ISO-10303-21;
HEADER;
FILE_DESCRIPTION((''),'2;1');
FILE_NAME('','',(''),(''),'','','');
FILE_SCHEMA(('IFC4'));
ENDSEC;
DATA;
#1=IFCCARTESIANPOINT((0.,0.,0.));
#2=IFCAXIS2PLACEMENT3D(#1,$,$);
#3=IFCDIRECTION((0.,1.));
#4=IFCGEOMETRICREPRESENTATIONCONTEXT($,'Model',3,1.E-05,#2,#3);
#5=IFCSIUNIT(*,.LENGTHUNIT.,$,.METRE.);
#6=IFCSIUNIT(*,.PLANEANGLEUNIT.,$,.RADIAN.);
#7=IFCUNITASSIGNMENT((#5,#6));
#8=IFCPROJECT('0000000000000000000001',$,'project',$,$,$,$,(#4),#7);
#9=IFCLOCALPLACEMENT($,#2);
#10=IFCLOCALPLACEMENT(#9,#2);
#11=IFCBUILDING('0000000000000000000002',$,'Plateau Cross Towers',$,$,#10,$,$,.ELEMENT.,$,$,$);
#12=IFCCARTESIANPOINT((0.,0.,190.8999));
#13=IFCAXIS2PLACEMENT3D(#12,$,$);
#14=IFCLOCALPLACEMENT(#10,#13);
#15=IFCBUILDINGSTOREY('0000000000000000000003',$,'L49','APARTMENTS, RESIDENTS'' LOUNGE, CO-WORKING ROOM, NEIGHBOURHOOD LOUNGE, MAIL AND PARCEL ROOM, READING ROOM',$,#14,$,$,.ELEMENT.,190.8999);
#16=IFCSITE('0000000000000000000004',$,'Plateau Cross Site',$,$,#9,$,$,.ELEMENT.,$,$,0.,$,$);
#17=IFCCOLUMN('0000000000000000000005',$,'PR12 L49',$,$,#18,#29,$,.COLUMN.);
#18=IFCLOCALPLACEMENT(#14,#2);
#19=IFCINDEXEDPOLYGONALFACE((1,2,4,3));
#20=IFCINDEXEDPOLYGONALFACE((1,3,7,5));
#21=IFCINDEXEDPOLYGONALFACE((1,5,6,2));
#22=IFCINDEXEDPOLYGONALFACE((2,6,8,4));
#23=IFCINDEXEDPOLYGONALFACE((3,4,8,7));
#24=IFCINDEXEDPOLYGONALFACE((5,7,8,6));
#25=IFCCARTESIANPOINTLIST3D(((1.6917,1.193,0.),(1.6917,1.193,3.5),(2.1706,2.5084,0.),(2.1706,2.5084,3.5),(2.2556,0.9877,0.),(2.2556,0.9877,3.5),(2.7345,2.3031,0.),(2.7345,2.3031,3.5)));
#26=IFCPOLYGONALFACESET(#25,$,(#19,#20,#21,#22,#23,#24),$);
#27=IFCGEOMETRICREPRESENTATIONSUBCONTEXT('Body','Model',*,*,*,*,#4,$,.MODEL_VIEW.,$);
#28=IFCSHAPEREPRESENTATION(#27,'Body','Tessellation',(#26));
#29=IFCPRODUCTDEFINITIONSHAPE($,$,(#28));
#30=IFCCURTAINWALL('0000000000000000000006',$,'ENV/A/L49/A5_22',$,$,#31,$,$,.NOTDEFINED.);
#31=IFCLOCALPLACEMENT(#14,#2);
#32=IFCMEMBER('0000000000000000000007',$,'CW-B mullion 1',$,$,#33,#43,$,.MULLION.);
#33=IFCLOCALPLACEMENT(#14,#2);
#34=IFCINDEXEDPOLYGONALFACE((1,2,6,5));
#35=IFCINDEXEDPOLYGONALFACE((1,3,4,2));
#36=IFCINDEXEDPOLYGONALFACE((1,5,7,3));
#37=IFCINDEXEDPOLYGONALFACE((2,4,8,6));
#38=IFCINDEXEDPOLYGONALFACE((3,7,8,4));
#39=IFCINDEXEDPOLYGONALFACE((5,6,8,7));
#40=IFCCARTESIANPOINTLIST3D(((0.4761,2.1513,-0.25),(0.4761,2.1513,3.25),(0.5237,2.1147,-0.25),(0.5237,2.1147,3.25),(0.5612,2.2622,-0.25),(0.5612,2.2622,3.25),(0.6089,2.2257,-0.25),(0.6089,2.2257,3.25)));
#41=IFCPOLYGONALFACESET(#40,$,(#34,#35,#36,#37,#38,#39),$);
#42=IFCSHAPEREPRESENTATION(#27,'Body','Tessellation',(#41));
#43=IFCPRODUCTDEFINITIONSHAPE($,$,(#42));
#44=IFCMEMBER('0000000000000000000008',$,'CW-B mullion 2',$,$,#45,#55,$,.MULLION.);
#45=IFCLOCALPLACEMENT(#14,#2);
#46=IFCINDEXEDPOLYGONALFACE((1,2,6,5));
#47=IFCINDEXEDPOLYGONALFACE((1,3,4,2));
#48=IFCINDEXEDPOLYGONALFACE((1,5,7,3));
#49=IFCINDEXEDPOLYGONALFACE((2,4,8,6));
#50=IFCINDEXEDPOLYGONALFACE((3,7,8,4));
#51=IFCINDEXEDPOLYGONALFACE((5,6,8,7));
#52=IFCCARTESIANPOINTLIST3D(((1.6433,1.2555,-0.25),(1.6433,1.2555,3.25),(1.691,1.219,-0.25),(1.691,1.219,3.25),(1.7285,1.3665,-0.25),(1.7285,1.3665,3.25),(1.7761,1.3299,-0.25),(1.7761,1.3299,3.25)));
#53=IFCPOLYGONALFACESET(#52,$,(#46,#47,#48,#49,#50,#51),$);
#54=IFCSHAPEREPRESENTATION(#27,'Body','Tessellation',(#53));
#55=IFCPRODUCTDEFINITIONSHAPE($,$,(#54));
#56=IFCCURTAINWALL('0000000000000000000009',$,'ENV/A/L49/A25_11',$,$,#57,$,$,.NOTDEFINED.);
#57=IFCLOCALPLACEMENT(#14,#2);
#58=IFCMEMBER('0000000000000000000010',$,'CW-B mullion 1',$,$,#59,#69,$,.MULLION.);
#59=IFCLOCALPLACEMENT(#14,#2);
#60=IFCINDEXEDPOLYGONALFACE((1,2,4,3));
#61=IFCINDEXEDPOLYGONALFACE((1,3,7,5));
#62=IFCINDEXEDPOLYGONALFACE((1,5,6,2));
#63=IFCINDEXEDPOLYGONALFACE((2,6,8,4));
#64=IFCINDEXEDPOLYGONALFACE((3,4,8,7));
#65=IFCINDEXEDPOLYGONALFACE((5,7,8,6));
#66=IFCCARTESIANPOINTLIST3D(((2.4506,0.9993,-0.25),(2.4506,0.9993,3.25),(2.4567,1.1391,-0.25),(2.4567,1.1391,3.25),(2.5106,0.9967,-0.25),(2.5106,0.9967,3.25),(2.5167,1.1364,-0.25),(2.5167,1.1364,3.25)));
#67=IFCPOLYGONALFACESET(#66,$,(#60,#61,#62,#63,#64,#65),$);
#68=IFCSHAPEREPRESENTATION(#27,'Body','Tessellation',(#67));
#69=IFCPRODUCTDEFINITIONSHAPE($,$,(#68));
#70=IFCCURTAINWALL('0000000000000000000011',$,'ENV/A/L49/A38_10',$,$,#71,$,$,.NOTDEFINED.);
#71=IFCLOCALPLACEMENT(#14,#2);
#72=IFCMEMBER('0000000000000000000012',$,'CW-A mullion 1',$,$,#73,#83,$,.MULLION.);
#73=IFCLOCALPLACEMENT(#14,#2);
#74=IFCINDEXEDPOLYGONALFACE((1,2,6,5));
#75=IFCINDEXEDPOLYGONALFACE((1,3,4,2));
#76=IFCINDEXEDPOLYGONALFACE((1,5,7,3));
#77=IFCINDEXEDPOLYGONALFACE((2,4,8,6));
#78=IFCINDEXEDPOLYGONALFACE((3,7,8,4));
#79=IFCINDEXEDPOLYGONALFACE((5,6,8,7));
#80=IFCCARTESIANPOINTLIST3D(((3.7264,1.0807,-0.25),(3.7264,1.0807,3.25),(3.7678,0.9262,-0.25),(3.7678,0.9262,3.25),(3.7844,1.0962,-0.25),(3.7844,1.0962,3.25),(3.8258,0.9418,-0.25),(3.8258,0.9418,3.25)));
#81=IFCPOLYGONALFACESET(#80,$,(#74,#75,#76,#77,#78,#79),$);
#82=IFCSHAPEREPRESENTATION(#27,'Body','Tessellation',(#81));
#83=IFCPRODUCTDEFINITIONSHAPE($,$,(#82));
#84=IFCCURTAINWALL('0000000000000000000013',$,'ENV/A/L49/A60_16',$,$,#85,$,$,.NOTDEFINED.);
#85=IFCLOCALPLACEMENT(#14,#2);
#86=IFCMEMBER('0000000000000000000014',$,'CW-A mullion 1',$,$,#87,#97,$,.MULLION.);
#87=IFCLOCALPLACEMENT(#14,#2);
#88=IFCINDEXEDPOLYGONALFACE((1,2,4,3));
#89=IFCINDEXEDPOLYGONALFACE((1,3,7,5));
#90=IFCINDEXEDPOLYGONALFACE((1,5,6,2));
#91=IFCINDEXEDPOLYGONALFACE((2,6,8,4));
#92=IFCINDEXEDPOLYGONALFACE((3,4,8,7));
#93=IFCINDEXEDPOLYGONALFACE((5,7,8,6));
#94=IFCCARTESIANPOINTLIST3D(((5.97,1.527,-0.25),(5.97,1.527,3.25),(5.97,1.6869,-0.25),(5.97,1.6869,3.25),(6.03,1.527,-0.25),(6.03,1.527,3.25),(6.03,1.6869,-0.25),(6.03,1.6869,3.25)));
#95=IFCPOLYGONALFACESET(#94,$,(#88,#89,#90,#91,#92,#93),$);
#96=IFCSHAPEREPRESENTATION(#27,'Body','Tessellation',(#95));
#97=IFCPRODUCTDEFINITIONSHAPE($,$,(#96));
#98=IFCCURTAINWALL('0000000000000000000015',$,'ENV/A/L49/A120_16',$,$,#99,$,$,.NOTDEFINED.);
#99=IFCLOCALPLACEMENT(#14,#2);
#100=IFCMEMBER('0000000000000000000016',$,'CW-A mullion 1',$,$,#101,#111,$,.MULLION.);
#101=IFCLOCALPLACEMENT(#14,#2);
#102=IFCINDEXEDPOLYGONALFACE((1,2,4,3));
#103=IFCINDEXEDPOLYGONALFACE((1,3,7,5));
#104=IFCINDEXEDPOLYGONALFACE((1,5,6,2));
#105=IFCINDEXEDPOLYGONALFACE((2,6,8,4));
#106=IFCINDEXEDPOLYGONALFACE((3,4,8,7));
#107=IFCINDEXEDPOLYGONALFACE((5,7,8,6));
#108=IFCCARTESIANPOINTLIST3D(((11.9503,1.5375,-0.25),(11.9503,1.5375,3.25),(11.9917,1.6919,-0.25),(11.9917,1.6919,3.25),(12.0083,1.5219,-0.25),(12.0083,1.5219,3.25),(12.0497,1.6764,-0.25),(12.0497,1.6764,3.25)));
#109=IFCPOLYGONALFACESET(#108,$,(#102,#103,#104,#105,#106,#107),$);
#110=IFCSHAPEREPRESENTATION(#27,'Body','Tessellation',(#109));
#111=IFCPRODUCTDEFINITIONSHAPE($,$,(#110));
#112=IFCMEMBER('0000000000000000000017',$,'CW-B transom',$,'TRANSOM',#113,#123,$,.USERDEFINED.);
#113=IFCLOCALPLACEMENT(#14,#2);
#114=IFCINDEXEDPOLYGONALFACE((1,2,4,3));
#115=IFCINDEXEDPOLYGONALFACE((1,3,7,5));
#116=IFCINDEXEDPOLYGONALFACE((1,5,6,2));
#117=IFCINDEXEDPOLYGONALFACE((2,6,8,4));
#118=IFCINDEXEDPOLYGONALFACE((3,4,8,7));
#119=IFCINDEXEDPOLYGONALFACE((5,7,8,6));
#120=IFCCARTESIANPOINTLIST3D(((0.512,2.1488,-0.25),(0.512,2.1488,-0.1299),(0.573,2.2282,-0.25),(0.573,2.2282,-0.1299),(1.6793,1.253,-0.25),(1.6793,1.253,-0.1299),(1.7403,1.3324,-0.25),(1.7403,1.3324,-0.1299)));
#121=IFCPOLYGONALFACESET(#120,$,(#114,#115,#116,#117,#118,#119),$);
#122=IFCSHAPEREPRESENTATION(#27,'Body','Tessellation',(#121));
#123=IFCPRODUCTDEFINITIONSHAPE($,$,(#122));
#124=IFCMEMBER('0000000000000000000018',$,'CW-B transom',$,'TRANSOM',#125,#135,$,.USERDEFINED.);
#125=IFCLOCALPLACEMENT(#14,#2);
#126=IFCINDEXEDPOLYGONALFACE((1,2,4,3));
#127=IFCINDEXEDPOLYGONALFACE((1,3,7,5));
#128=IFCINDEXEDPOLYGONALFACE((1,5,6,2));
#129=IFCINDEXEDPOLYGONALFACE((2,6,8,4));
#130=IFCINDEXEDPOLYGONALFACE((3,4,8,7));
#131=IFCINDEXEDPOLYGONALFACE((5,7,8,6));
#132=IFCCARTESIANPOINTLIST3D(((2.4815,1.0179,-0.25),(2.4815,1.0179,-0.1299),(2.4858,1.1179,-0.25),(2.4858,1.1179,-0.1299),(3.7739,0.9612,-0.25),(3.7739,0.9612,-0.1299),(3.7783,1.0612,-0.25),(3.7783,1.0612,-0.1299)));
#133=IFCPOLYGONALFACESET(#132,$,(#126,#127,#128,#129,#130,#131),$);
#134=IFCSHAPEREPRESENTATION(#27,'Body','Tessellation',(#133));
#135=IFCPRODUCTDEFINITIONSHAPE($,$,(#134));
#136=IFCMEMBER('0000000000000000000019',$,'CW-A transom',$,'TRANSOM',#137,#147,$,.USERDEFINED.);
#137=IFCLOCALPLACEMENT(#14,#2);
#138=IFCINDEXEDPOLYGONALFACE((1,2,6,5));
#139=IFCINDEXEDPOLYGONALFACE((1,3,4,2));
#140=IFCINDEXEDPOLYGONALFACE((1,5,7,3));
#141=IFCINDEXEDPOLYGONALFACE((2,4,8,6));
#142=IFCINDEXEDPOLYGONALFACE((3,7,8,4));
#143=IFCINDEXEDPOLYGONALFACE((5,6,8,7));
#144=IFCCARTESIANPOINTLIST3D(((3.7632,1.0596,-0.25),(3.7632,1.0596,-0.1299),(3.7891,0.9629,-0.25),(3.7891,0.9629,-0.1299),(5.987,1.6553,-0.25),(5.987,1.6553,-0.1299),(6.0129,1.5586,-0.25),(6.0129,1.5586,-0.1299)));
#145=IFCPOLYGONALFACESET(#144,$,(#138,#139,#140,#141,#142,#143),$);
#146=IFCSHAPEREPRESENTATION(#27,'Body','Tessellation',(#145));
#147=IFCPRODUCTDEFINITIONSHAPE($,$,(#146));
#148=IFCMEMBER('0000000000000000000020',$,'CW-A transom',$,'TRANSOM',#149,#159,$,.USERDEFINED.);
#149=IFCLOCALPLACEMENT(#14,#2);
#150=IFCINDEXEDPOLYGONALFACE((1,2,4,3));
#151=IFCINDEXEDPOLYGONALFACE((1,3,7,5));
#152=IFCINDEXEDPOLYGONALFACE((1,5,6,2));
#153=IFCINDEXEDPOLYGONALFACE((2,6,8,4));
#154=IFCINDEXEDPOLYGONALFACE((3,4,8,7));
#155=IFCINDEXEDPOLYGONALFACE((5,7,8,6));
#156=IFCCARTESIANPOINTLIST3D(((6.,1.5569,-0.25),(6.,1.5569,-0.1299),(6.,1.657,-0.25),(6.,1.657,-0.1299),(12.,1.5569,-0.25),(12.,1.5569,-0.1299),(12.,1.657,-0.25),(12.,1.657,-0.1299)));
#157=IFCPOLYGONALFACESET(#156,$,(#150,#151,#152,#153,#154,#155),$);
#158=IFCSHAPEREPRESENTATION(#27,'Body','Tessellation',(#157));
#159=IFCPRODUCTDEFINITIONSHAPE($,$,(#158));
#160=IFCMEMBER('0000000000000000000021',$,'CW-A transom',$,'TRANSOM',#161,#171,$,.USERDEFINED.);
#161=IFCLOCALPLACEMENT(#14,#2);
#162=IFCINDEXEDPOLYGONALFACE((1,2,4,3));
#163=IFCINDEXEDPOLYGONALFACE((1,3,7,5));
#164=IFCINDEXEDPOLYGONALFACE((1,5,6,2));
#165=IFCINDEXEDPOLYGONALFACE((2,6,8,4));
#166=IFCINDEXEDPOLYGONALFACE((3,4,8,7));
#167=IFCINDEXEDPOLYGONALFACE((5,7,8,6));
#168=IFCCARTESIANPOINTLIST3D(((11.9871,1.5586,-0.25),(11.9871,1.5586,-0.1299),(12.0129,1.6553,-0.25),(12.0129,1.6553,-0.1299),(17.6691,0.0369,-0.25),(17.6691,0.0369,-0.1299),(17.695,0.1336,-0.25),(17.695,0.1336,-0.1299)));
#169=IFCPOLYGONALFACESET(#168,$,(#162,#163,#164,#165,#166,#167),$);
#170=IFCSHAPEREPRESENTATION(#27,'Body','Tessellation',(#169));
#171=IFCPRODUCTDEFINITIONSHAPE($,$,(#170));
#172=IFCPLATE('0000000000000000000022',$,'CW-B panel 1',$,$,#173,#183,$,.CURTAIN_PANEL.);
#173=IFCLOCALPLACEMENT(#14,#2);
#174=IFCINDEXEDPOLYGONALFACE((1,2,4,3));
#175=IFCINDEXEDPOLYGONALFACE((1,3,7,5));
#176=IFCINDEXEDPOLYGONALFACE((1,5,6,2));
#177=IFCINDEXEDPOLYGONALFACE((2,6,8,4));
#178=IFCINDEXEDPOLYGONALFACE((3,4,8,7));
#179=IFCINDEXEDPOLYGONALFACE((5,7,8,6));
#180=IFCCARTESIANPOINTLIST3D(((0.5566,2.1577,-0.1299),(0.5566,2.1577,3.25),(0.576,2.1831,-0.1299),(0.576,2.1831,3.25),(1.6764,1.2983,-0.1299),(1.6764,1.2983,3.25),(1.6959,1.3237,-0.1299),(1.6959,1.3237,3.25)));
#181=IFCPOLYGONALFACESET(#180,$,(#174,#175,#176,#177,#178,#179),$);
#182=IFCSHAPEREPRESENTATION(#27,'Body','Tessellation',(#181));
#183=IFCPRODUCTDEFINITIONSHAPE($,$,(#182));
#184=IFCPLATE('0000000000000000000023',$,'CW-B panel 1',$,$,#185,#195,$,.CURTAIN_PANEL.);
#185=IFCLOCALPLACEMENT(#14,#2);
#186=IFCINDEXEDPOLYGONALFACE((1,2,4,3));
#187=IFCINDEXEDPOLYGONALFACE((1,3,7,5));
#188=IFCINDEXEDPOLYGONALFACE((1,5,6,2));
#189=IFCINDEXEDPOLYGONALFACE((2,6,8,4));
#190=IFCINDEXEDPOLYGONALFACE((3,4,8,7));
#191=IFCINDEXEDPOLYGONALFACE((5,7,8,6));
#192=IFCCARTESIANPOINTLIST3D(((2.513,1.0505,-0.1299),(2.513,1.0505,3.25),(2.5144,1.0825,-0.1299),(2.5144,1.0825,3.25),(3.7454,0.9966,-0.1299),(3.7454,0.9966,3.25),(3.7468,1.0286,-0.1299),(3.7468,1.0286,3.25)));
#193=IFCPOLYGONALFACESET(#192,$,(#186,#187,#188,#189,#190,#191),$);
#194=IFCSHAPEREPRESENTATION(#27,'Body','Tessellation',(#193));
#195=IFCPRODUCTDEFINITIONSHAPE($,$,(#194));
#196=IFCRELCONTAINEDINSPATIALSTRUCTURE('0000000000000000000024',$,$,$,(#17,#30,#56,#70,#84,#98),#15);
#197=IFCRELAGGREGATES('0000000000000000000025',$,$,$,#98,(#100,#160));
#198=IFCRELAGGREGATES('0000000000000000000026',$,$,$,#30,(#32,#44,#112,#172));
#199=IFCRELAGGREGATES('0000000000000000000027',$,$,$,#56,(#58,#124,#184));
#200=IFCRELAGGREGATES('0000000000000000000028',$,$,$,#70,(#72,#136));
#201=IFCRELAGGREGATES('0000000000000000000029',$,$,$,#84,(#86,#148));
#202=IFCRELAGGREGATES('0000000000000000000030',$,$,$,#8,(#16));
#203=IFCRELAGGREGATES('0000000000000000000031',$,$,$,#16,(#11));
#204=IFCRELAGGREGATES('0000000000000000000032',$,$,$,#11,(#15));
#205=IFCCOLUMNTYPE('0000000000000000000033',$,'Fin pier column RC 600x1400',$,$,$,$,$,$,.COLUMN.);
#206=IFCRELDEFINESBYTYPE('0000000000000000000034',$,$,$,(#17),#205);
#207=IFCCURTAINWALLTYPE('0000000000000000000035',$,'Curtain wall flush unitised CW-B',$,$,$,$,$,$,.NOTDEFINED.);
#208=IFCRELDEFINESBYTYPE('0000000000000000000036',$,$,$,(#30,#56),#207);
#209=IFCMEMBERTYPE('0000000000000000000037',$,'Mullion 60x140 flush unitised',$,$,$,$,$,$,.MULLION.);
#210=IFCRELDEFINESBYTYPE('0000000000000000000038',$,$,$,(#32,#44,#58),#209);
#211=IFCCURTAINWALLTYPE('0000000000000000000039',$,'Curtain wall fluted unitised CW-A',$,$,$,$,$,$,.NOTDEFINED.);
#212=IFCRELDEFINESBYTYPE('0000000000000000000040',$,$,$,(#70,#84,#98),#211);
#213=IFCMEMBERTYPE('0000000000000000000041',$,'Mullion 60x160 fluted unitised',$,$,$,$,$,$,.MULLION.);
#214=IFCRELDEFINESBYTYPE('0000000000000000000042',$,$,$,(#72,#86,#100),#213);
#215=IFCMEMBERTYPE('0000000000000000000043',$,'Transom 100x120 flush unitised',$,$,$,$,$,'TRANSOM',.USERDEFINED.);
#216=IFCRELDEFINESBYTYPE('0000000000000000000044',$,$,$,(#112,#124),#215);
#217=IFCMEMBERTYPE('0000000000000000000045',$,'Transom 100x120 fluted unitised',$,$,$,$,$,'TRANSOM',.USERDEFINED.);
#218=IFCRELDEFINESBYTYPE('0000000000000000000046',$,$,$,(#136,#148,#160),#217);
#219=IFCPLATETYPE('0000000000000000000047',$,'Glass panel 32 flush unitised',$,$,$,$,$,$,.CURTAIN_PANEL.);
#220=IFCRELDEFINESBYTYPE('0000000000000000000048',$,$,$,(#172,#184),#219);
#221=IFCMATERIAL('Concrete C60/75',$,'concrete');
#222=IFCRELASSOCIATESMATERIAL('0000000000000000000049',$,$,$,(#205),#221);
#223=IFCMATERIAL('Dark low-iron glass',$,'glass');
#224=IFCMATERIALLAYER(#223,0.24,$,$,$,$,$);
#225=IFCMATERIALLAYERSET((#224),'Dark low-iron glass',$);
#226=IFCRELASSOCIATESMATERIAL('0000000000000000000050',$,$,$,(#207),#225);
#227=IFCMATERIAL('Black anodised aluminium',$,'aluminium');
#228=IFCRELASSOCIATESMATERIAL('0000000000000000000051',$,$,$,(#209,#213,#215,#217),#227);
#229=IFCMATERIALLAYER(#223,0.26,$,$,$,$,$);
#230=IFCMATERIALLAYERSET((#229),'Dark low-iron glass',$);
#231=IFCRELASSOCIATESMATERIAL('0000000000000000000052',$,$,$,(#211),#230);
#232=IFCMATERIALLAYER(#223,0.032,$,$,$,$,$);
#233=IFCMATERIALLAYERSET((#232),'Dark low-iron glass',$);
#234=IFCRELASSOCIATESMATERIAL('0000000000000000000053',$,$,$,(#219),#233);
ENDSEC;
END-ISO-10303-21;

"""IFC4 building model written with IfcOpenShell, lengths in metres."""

from ifc_helpers import new_model, si_unit, direction, frame, origin, origin_2d, place, context, subcontext, project, spatial, rectangle, extrude, material, layer, layer_set, material_profile, profile_set, type_object, element, aggregate, save


model = new_model("IFC4")

# Units and contexts
model_context = context("Model", 3, precision=1e-05, world=origin(), true_north=direction((0.0, 1.0)))
body_context = subcontext(model_context, "Body", "Model", "MODEL_VIEW")
ifc_project = project(units=[si_unit("LENGTHUNIT", "METRE"), si_unit("PLANEANGLEUNIT", "RADIAN")], contexts=[model_context])

# Site, building, storey
site_placement = place(None, origin())
site = spatial("IfcSite", under=ifc_project, at=site_placement, Name="Plateau Cross Site", CompositionType="ELEMENT", RefElevation=0.0)
building_placement = place(site_placement, origin())
building = spatial("IfcBuilding", under=site, at=building_placement, Name="Plateau Cross Towers", CompositionType="ELEMENT")
storey_placement = place(building_placement, frame((0.0, 0.0, 190.8999)))
storey = spatial("IfcBuildingStorey", under=building, at=storey_placement, Name="L49", Description="APARTMENTS, RESIDENTS' LOUNGE, CO-WORKING ROOM, NEIGHBOURHOOD LOUNGE, MAIL AND PARCEL ROOM, READING ROOM", CompositionType="ELEMENT", Elevation=190.8999)

# Column
ifc_material_1 = material(Name="Concrete C60/75", Category="concrete")
ifc_material_profile_1 = material_profile(ifc_material_1, rectangle(XDim=0.6001, YDim=1.3999, at=origin_2d()), Name="RC 600x1400")
ifc_profile_set_1 = profile_set([ifc_material_profile_1], Name="Concrete C60/75")
column_type = type_object("IfcColumnType", Name="Fin pier column RC 600x1400", PredefinedType="COLUMN", material=ifc_profile_set_1)
column_placement = place(storey_placement, frame((2.2131, 1.748, 0.0), z_axis=(0.0, 0.0, 1.0), x_axis=(-0.939664, 0.342098, 0.0)))
element("IfcColumn", 1, at=column_placement, inside=storey, type_object=column_type, Name="PR12 L49", PredefinedType="COLUMN", context=body_context, shape_type="SweptSolid", body=[
    extrude(rectangle(XDim=0.6001, YDim=1.3999, at=origin_2d()), origin(), (0.0, 0.0, 1.0), 3.5),
])

# Curtain wall, members
ifc_material_2 = material(Name="Dark low-iron glass", Category="glass")
ifc_layer_1 = layer(ifc_material_2, 0.24)
ifc_layer_set_1 = layer_set([ifc_layer_1], Name="Dark low-iron glass")
curtain_wall_type_1 = type_object("IfcCurtainWallType", Name="Curtain wall flush unitised CW-B", PredefinedType="NOTDEFINED", material=ifc_layer_set_1)
curtain_wall_1_placement = place(storey_placement, origin())
curtain_wall_1 = element("IfcCurtainWall", 2, at=curtain_wall_1_placement, inside=storey, type_object=curtain_wall_type_1, Name="ENV/A/L49/A5_22", PredefinedType="NOTDEFINED")
ifc_material_3 = material(Name="Black anodised aluminium", Category="aluminium")
ifc_material_profile_2 = material_profile(ifc_material_3, rectangle(XDim=0.0601, YDim=0.1399, at=origin_2d()), Name="MULLION 60x140")
ifc_profile_set_2 = profile_set([ifc_material_profile_2], Name="Black anodised aluminium")
member_type_1 = type_object("IfcMemberType", Name="Mullion 60x140 flush unitised", PredefinedType="MULLION", material=ifc_profile_set_2)
member_1_placement = place(storey_placement, frame((0.5425, 2.1885, -0.25), z_axis=(0.0, 0.0, 1.0), x_axis=(0.793316, -0.608811, 0.0)))
member_1 = element("IfcMember", 3, at=member_1_placement, type_object=member_type_1, Name="CW-B mullion 1", PredefinedType="MULLION", context=body_context, shape_type="SweptSolid", body=[
    extrude(rectangle(XDim=0.0601, YDim=0.1399, at=origin_2d()), origin(), (0.0, 0.0, 1.0), 3.5),
])
member_2_placement = place(storey_placement, frame((1.7097, 1.2927, -0.25), z_axis=(0.0, 0.0, 1.0), x_axis=(0.793316, -0.608811, 0.0)))
member_2 = element("IfcMember", 4, at=member_2_placement, type_object=member_type_1, Name="CW-B mullion 2", PredefinedType="MULLION", context=body_context, shape_type="SweptSolid", body=[
    extrude(rectangle(XDim=0.0601, YDim=0.1399, at=origin_2d()), origin(), (0.0, 0.0, 1.0), 3.5),
])

# Curtain walls, members
curtain_wall_2_placement = place(storey_placement, origin())
curtain_wall_2 = element("IfcCurtainWall", 5, at=curtain_wall_2_placement, inside=storey, type_object=curtain_wall_type_1, Name="ENV/A/L49/A25_11", PredefinedType="NOTDEFINED")
member_3_placement = place(storey_placement, frame((2.4836, 1.0679, -0.25), z_axis=(0.0, 0.0, 1.0), x_axis=(0.999044, -0.043723, 0.0)))
member_3 = element("IfcMember", 6, at=member_3_placement, type_object=member_type_1, Name="CW-B mullion 1", PredefinedType="MULLION", context=body_context, shape_type="SweptSolid", body=[
    extrude(rectangle(XDim=0.0601, YDim=0.1399, at=origin_2d()), origin(), (0.0, 0.0, 1.0), 3.5),
])
ifc_layer_2 = layer(ifc_material_2, 0.26)
ifc_layer_set_2 = layer_set([ifc_layer_2], Name="Dark low-iron glass")
curtain_wall_type_2 = type_object("IfcCurtainWallType", Name="Curtain wall fluted unitised CW-A", PredefinedType="NOTDEFINED", material=ifc_layer_set_2)
curtain_wall_3_placement = place(storey_placement, origin())
curtain_wall_3 = element("IfcCurtainWall", 7, at=curtain_wall_3_placement, inside=storey, type_object=curtain_wall_type_2, Name="ENV/A/L49/A38_10", PredefinedType="NOTDEFINED")
ifc_material_profile_3 = material_profile(ifc_material_3, rectangle(XDim=0.0601, YDim=0.1599, at=origin_2d()), Name="MULLION 60x160")
ifc_profile_set_3 = profile_set([ifc_material_profile_3], Name="Black anodised aluminium")
member_type_2 = type_object("IfcMemberType", Name="Mullion 60x160 fluted unitised", PredefinedType="MULLION", material=ifc_profile_set_3)
member_4_placement = place(storey_placement, frame((3.7761, 1.0112, -0.25), z_axis=(0.0, 0.0, 1.0), x_axis=(0.965958, 0.258699, 0.0)))
member_4 = element("IfcMember", 8, at=member_4_placement, type_object=member_type_2, Name="CW-A mullion 1", PredefinedType="MULLION", context=body_context, shape_type="SweptSolid", body=[
    extrude(rectangle(XDim=0.0601, YDim=0.1599, at=origin_2d()), origin(), (0.0, 0.0, 1.0), 3.5),
])
curtain_wall_4_placement = place(storey_placement, origin())
curtain_wall_4 = element("IfcCurtainWall", 9, at=curtain_wall_4_placement, inside=storey, type_object=curtain_wall_type_2, Name="ENV/A/L49/A60_16", PredefinedType="NOTDEFINED")
member_5_placement = place(storey_placement, frame((6.0, 1.6069, -0.25), z_axis=(0.0, 0.0, 1.0), x_axis=(1.0, 0.0, 0.0)))
member_5 = element("IfcMember", 10, at=member_5_placement, type_object=member_type_2, Name="CW-A mullion 1", PredefinedType="MULLION", context=body_context, shape_type="SweptSolid", body=[
    extrude(rectangle(XDim=0.0601, YDim=0.1599, at=origin_2d()), origin(), (0.0, 0.0, 1.0), 3.5),
])
curtain_wall_5_placement = place(storey_placement, origin())
curtain_wall_5 = element("IfcCurtainWall", 11, at=curtain_wall_5_placement, inside=storey, type_object=curtain_wall_type_2, Name="ENV/A/L49/A120_16", PredefinedType="NOTDEFINED")
member_6_placement = place(storey_placement, frame((12.0, 1.6069, -0.25), z_axis=(0.0, 0.0, 1.0), x_axis=(0.965958, -0.258699, 0.0)))
member_6 = element("IfcMember", 12, at=member_6_placement, type_object=member_type_2, Name="CW-A mullion 1", PredefinedType="MULLION", context=body_context, shape_type="SweptSolid", body=[
    extrude(rectangle(XDim=0.0601, YDim=0.1599, at=origin_2d()), origin(), (0.0, 0.0, 1.0), 3.5),
])

# Members
ifc_material_profile_4 = material_profile(ifc_material_3, rectangle(XDim=0.1001, YDim=0.1201, at=origin_2d()), Name="TRANSOM 100x120")
ifc_profile_set_4 = profile_set([ifc_material_profile_4], Name="Black anodised aluminium")
member_type_3 = type_object("IfcMemberType", Name="Transom 100x120 flush unitised", ElementType="TRANSOM", PredefinedType="USERDEFINED", material=ifc_profile_set_4)
member_7_placement = place(storey_placement, frame((0.5425, 2.1885, -0.1899), z_axis=(0.793321, -0.608804, 0.0), x_axis=(0.608804, 0.793321, 0.0)))
member_7 = element("IfcMember", 13, at=member_7_placement, type_object=member_type_3, Name="CW-B transom", ObjectType="TRANSOM", PredefinedType="USERDEFINED", context=body_context, shape_type="SweptSolid", body=[
    extrude(rectangle(XDim=0.1001, YDim=0.1201, at=origin_2d()), origin(), (0.0, 0.0, 1.0), 1.4714),
])
member_8_placement = place(storey_placement, frame((2.4836, 1.0679, -0.1899), z_axis=(0.999041, -0.043781, 0.0), x_axis=(0.043781, 0.999041, 0.0)))
member_8 = element("IfcMember", 14, at=member_8_placement, type_object=member_type_3, Name="CW-B transom", ObjectType="TRANSOM", PredefinedType="USERDEFINED", context=body_context, shape_type="SweptSolid", body=[
    extrude(rectangle(XDim=0.1001, YDim=0.1201, at=origin_2d()), origin(), (0.0, 0.0, 1.0), 1.2937),
])
ifc_material_profile_5 = material_profile(ifc_material_3, rectangle(XDim=0.1001, YDim=0.1201, at=origin_2d()), Name="TRANSOM 100x120")
ifc_profile_set_5 = profile_set([ifc_material_profile_5], Name="Black anodised aluminium")
member_type_4 = type_object("IfcMemberType", Name="Transom 100x120 fluted unitised", ElementType="TRANSOM", PredefinedType="USERDEFINED", material=ifc_profile_set_5)
member_9_placement = place(storey_placement, frame((3.7761, 1.0112, -0.1899), z_axis=(0.965946, 0.258745, 0.0), x_axis=(-0.258745, 0.965946, 0.0)))
member_9 = element("IfcMember", 15, at=member_9_placement, type_object=member_type_4, Name="CW-A transom", ObjectType="TRANSOM", PredefinedType="USERDEFINED", context=body_context, shape_type="SweptSolid", body=[
    extrude(rectangle(XDim=0.1001, YDim=0.1201, at=origin_2d()), origin(), (0.0, 0.0, 1.0), 2.3022),
])
member_10_placement = place(storey_placement, frame((6.0, 1.6069, -0.1899), z_axis=(1.0, 0.0, 0.0), x_axis=(0.0, 1.0, 0.0)))
member_10 = element("IfcMember", 16, at=member_10_placement, type_object=member_type_4, Name="CW-A transom", ObjectType="TRANSOM", PredefinedType="USERDEFINED", context=body_context, shape_type="SweptSolid", body=[
    extrude(rectangle(XDim=0.1001, YDim=0.1201, at=origin_2d()), origin(), (0.0, 0.0, 1.0), 6.0),
])
member_11_placement = place(storey_placement, frame((12.0, 1.6069, -0.1899), z_axis=(0.96596, -0.258693, 0.0), x_axis=(0.258693, 0.96596, 0.0)))
member_11 = element("IfcMember", 17, at=member_11_placement, type_object=member_type_4, Name="CW-A transom", ObjectType="TRANSOM", PredefinedType="USERDEFINED", context=body_context, shape_type="SweptSolid", body=[
    extrude(rectangle(XDim=0.1001, YDim=0.1201, at=origin_2d()), origin(), (0.0, 0.0, 1.0), 5.8823),
])
aggregate(curtain_wall_5, [member_6, member_11])

# Plates
ifc_layer_3 = layer(ifc_material_2, 0.032)
ifc_layer_set_3 = layer_set([ifc_layer_3], Name="Dark low-iron glass")
plate_type_1 = type_object("IfcPlateType", Name="Glass panel 32 flush unitised", PredefinedType="CURTAIN_PANEL", material=ifc_layer_set_3)
plate_1_placement = place(storey_placement, frame((1.1262, 1.7407, -0.1299), z_axis=(0.0, 0.0, 1.0), x_axis=(0.793316, -0.608811, 0.0)))
plate_1 = element("IfcPlate", 18, at=plate_1_placement, type_object=plate_type_1, Name="CW-B panel 1", PredefinedType="CURTAIN_PANEL", context=body_context, shape_type="SweptSolid", body=[
    extrude(rectangle(XDim=1.4116, YDim=0.032, at=origin_2d()), origin(), (0.0, 0.0, 1.0), 3.3799),
])
aggregate(curtain_wall_1, [member_1, member_2, member_7, plate_1])
plate_2_placement = place(storey_placement, frame((3.1299, 1.0396, -0.1299), z_axis=(0.0, 0.0, 1.0), x_axis=(0.999044, -0.043723, 0.0)))
plate_2 = element("IfcPlate", 19, at=plate_2_placement, type_object=plate_type_1, Name="CW-B panel 1", PredefinedType="CURTAIN_PANEL", context=body_context, shape_type="SweptSolid", body=[
    extrude(rectangle(XDim=1.2336, YDim=0.032, at=origin_2d()), origin(), (0.0, 0.0, 1.0), 3.3799),
])
aggregate(curtain_wall_2, [member_3, member_8, plate_2])
aggregate(curtain_wall_3, [member_4, member_9])
aggregate(curtain_wall_4, [member_5, member_10])

save(model, "model.ifc")
